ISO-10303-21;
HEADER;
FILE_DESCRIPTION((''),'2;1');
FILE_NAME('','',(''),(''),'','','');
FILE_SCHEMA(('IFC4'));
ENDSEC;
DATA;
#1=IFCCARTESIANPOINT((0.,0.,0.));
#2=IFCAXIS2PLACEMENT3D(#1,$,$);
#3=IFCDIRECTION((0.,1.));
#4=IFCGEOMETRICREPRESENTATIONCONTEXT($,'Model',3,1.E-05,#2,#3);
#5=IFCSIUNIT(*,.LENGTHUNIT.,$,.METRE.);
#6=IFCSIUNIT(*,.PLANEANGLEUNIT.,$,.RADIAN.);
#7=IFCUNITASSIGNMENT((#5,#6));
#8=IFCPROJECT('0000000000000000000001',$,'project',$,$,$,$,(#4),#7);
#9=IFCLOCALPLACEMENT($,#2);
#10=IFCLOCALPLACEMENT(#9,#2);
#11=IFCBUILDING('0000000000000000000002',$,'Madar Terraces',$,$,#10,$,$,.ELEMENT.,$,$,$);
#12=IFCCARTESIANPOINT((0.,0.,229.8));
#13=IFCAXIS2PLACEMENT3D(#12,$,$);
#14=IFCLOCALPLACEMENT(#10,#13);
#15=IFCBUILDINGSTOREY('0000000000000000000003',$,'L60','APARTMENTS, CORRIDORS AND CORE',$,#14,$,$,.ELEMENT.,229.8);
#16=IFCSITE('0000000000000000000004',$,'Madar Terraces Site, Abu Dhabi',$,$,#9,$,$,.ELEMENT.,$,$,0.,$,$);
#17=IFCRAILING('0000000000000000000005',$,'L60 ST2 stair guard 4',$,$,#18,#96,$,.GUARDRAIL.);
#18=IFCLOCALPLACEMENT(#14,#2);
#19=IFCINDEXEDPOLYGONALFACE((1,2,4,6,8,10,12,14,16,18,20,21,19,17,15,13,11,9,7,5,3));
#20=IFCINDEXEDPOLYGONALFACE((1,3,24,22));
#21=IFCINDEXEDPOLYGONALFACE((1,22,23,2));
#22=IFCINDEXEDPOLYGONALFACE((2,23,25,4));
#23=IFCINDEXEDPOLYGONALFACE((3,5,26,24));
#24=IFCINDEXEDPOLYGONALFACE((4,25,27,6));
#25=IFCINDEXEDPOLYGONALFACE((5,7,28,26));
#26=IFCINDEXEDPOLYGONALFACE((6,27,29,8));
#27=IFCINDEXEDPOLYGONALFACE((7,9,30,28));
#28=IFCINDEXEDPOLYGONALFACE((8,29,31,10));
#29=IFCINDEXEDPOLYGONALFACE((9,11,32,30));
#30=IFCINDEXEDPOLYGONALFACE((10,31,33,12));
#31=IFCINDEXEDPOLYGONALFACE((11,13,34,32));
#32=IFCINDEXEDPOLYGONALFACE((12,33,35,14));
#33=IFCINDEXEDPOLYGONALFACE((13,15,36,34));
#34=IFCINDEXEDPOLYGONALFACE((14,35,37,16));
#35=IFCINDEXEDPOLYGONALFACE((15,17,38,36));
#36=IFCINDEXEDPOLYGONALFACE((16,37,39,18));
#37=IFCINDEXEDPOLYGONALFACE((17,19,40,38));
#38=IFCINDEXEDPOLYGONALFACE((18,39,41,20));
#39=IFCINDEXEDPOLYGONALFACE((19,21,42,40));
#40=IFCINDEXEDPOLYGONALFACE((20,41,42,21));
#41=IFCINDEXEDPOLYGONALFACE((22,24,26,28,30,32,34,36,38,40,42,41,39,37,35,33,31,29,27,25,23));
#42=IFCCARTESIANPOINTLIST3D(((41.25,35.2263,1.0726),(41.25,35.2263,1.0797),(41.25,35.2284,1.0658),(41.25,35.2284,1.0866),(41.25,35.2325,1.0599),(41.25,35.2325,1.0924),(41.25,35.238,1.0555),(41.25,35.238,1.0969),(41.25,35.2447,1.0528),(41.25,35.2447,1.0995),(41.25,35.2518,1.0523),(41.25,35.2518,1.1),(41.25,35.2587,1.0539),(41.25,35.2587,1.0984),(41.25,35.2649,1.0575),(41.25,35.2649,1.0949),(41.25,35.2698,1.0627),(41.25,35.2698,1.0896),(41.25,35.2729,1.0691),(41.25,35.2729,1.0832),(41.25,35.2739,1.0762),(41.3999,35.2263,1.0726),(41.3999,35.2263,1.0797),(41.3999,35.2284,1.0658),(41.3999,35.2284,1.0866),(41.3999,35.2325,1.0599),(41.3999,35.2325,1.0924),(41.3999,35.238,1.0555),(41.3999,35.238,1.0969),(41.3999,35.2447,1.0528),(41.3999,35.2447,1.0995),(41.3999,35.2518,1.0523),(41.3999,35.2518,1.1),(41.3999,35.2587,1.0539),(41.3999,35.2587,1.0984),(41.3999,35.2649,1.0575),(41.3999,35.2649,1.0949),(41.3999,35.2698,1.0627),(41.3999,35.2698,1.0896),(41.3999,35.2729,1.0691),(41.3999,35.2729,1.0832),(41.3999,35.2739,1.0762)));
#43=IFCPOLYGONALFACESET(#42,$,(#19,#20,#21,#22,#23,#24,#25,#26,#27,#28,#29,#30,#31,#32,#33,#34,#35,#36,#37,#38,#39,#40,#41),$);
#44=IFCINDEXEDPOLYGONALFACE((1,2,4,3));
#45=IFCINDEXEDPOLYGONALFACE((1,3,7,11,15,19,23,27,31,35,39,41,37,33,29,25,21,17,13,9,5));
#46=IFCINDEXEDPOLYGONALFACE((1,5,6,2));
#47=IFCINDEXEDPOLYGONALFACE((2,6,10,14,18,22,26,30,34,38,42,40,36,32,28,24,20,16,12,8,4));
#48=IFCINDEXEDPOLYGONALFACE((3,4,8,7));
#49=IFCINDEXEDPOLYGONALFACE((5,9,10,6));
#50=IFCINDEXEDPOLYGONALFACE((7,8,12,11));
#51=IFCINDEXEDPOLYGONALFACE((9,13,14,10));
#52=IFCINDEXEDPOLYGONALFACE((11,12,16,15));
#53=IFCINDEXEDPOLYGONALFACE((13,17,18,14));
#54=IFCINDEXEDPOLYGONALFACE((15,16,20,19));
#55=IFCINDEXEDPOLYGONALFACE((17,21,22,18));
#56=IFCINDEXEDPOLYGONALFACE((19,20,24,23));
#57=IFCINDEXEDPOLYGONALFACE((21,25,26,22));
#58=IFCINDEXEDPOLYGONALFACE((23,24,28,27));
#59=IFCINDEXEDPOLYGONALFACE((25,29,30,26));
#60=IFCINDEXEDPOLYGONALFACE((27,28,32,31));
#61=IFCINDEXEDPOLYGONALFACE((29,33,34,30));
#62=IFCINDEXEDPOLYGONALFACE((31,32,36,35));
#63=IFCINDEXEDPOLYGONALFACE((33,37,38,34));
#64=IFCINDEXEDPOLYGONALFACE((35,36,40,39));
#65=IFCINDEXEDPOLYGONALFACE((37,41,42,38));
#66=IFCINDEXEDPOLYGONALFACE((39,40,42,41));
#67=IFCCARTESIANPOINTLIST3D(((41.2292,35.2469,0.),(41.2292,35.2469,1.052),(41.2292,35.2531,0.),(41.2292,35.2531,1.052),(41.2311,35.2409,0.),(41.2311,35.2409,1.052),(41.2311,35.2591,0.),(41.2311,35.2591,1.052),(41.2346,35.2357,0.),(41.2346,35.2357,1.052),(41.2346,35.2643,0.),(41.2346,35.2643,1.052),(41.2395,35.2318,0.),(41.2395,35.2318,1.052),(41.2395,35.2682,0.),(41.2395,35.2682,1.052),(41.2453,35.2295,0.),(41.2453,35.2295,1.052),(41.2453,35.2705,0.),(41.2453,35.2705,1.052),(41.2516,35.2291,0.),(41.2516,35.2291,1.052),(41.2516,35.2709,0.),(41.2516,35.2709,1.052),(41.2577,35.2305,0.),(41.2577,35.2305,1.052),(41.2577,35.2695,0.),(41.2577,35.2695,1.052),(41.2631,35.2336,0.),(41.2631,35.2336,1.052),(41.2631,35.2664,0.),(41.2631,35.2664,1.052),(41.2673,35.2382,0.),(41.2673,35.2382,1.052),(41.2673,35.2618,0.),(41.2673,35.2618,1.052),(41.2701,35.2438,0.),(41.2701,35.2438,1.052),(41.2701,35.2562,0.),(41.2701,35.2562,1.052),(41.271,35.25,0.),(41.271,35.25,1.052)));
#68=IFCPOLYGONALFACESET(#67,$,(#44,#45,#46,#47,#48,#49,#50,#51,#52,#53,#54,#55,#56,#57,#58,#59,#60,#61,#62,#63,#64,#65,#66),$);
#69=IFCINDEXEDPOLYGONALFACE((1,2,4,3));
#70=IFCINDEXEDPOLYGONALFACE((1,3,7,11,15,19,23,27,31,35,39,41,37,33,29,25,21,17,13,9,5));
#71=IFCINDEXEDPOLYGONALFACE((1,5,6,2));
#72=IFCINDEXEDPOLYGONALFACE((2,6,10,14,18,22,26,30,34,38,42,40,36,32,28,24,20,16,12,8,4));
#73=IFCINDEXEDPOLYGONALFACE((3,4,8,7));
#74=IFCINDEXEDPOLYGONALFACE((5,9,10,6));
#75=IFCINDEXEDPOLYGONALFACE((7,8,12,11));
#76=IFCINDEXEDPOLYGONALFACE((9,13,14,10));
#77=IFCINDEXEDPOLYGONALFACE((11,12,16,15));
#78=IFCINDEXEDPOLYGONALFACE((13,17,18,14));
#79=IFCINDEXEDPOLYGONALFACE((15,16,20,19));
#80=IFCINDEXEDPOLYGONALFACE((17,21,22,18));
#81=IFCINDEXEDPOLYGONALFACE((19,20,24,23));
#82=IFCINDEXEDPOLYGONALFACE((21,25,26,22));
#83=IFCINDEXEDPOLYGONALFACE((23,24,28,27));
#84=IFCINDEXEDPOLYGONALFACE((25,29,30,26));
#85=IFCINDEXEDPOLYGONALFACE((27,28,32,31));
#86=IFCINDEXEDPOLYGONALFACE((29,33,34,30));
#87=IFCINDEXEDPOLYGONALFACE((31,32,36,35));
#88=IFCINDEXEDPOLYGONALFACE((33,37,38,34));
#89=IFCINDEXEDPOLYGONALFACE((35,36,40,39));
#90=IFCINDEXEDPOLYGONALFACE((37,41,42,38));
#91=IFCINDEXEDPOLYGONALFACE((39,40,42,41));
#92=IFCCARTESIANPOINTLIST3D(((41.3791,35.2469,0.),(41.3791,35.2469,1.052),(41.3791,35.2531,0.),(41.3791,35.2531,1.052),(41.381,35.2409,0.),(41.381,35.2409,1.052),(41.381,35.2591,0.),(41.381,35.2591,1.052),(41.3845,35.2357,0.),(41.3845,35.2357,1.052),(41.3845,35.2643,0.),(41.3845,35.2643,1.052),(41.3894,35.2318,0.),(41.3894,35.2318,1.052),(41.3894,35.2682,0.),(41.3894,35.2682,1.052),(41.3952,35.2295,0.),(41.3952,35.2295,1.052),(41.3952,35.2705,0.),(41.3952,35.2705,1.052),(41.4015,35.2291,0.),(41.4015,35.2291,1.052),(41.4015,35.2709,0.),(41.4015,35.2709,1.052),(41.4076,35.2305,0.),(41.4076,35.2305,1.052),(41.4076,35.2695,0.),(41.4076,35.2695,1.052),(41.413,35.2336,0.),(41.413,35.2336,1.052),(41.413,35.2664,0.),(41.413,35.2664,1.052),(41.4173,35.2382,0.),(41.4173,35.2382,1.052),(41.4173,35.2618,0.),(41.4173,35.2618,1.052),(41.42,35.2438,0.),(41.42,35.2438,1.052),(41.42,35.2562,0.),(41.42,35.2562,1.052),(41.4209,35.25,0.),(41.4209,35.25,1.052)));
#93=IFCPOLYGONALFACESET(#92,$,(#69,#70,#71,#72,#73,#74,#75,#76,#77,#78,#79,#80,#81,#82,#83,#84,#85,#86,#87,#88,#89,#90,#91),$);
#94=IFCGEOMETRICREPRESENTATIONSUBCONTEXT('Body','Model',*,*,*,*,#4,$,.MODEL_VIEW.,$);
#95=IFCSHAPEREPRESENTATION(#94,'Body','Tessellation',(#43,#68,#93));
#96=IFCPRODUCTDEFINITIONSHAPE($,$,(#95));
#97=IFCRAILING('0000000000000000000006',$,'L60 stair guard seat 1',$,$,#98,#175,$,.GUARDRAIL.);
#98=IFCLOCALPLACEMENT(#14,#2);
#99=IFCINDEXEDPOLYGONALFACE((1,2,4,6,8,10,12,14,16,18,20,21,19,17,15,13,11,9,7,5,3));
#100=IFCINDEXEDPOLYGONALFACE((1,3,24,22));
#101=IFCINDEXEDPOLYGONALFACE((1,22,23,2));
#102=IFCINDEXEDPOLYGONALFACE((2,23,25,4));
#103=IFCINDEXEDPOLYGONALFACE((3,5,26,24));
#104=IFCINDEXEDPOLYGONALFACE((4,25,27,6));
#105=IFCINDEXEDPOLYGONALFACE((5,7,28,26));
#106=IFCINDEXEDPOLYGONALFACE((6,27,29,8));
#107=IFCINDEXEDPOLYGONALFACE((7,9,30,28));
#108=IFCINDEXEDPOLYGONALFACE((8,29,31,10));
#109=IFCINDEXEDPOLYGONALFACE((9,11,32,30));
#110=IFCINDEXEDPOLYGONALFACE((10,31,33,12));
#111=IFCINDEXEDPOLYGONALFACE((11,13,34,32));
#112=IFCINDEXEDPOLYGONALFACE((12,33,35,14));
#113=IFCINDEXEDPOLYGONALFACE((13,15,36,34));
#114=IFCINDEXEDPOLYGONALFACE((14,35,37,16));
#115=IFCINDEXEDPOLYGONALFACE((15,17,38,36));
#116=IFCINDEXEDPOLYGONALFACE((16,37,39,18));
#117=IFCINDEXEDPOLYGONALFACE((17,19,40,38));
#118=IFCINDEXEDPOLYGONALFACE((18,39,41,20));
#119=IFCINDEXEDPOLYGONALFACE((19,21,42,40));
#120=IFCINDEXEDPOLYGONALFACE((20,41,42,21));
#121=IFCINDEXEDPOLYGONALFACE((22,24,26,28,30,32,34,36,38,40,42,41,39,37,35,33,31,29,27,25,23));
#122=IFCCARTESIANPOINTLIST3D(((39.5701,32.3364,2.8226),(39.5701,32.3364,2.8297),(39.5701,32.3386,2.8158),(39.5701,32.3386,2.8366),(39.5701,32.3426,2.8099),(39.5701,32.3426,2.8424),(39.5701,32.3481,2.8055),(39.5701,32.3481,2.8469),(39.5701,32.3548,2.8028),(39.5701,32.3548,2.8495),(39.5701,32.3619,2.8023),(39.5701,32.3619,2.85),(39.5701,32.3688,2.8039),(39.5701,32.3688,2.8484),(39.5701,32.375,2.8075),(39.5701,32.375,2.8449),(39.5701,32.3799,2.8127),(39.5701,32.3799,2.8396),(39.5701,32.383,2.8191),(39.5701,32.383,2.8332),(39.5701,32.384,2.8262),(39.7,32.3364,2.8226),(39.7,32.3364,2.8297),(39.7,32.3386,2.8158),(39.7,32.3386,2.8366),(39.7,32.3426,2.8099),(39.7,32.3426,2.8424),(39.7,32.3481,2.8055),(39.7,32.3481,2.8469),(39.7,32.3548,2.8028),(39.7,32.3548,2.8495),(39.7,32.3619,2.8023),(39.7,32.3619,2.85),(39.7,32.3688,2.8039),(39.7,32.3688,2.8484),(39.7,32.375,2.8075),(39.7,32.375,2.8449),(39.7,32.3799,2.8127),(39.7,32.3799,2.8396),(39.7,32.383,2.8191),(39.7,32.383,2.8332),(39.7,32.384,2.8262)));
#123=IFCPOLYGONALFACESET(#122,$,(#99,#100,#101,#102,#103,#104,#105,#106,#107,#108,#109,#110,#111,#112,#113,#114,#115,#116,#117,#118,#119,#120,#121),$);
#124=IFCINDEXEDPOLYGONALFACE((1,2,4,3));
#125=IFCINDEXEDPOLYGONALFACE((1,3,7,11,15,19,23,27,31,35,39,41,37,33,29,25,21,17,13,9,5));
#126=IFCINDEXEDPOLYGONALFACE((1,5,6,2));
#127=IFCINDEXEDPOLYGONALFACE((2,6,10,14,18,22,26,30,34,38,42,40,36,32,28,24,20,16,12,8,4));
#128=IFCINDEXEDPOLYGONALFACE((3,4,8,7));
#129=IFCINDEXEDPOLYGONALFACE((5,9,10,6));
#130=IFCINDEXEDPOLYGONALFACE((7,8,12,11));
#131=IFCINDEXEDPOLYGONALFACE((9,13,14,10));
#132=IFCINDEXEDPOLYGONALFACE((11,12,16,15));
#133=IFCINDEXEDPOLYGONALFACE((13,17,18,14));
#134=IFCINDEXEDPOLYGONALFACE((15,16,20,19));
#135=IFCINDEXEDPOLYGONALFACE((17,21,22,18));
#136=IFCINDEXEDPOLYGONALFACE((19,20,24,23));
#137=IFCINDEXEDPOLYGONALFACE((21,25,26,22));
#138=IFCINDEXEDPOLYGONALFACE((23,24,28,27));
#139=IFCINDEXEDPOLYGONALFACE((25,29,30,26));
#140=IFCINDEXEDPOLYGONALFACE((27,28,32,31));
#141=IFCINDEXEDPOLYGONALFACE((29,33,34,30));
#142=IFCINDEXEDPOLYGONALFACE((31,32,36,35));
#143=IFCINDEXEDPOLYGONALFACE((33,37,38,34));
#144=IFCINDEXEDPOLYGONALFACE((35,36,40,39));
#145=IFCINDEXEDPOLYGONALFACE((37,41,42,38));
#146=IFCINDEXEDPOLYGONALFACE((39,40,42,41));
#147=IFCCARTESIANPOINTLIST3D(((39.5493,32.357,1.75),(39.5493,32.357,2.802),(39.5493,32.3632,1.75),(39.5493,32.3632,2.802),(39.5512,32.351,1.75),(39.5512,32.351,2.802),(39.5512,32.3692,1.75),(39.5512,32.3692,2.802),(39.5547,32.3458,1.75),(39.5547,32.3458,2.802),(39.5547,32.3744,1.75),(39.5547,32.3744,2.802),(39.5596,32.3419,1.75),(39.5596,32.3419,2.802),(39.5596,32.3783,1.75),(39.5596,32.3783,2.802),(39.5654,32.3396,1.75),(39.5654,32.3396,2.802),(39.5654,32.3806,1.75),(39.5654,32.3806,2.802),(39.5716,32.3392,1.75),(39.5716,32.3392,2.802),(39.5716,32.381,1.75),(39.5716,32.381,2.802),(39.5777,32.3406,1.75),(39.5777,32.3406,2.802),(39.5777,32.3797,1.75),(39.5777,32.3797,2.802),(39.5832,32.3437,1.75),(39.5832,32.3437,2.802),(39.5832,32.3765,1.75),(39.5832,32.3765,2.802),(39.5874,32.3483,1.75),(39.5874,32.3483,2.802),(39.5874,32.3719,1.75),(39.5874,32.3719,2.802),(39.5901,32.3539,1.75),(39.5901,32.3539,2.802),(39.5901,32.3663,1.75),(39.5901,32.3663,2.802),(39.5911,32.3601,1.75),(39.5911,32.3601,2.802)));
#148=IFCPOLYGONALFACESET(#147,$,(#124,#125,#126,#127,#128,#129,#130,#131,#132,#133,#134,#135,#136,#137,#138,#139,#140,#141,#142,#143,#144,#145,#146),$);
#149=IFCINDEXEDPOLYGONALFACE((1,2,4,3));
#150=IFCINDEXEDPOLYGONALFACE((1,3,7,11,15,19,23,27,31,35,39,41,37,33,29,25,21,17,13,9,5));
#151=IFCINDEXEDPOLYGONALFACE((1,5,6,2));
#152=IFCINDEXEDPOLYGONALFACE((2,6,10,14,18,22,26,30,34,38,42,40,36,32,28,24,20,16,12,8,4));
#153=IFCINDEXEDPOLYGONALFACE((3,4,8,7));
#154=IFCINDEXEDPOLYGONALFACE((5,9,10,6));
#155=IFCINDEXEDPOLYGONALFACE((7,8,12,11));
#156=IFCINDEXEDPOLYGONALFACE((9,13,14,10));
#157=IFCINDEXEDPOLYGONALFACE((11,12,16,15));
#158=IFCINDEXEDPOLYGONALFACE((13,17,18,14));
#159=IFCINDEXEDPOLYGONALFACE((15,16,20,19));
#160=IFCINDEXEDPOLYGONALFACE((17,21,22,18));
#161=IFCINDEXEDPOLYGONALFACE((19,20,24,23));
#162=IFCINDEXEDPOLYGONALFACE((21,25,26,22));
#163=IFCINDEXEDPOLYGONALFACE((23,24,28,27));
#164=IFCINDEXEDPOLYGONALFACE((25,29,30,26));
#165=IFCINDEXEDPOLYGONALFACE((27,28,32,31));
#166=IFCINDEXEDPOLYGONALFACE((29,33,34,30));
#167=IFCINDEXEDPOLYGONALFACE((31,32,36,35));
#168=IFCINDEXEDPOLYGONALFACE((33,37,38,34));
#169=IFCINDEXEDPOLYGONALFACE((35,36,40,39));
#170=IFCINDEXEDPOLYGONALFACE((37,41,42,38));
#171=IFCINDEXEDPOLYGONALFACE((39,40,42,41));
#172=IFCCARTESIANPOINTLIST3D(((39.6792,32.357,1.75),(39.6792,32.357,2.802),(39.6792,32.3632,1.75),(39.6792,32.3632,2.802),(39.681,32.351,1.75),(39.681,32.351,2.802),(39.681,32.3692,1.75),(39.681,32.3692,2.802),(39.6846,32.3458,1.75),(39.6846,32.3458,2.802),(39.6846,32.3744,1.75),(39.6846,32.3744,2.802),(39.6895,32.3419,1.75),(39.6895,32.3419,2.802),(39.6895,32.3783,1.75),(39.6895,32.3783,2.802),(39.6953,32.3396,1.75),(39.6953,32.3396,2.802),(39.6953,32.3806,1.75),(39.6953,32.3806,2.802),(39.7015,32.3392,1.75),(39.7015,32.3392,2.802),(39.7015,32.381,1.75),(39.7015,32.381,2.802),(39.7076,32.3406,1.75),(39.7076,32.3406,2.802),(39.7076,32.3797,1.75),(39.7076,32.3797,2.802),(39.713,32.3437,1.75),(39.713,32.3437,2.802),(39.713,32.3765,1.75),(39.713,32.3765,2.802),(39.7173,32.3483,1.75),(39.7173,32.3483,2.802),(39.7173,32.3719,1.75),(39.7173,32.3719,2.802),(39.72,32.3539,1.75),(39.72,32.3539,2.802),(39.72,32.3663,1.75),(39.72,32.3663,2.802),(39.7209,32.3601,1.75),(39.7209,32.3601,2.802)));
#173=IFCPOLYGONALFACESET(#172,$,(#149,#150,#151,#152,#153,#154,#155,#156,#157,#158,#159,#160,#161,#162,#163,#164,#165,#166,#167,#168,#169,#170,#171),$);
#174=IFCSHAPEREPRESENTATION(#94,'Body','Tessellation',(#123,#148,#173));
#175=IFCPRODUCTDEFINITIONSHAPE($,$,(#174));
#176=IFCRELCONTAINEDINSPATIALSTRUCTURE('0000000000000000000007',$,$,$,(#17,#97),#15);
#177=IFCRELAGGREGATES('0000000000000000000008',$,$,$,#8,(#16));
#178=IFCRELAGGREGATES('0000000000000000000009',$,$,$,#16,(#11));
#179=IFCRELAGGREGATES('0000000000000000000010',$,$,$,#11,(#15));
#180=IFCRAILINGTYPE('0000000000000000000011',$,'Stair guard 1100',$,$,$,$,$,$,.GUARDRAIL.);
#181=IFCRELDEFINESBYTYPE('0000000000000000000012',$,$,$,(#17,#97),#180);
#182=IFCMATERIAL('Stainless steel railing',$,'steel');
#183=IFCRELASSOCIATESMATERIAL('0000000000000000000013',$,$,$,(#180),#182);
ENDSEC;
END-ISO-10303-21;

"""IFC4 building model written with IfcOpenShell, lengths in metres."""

from ifc_helpers import new_model, si_unit, direction, frame, origin, origin_2d, place, context, subcontext, project, spatial, circle, extrude, material, type_object, element, save


model = new_model("IFC4")

# Units and contexts
model_context = context("Model", 3, precision=1e-05, world=origin(), true_north=direction((0.0, 1.0)))
body_context = subcontext(model_context, "Body", "Model", "MODEL_VIEW")
ifc_project = project(units=[si_unit("LENGTHUNIT", "METRE"), si_unit("PLANEANGLEUNIT", "RADIAN")], contexts=[model_context])

# Site, building, storey
site_placement = place(None, origin())
site = spatial("IfcSite", under=ifc_project, at=site_placement, Name="Madar Terraces Site, Abu Dhabi", CompositionType="ELEMENT", RefElevation=0.0)
building_placement = place(site_placement, origin())
building = spatial("IfcBuilding", under=site, at=building_placement, Name="Madar Terraces", CompositionType="ELEMENT")
storey_placement = place(building_placement, frame((0.0, 0.0, 229.8)))
storey = spatial("IfcBuildingStorey", under=building, at=storey_placement, Name="L60", Description="APARTMENTS, CORRIDORS AND CORE", CompositionType="ELEMENT", Elevation=229.8)

# Railings
ifc_material_1 = material(Name="Stainless steel railing", Category="steel")
railing_type_1 = type_object("IfcRailingType", Name="Stair guard 1100", PredefinedType="GUARDRAIL", material=ifc_material_1)
railing_1_placement = place(storey_placement, frame((41.25, 35.25, 0.0)))
element("IfcRailing", 1, at=railing_1_placement, inside=storey, type_object=railing_type_1, Name="L60 ST2 stair guard 4", PredefinedType="GUARDRAIL", context=body_context, shape_type="SweptSolid", body=[
    extrude(circle(Radius=0.0239, at=origin_2d()), frame((0.0, 0.0, 1.0762), z_axis=(1.0, 0.0, 0.0), x_axis=(0.0, 1.0, 0.0)), (0.0, 0.0, 1.0), 0.1499),
    extrude(circle(Radius=0.021, at=origin_2d()), origin(), (0.0, 0.0, 1.0), 1.052),
    extrude(circle(Radius=0.021, at=origin_2d()), frame((0.1499, 0.0, 0.0)), (0.0, 0.0, 1.0), 1.052),
])
railing_2_placement = place(storey_placement, frame((39.5701, 32.3601, 1.75)))
element("IfcRailing", 2, at=railing_2_placement, inside=storey, type_object=railing_type_1, Name="L60 stair guard seat 1", PredefinedType="GUARDRAIL", context=body_context, shape_type="SweptSolid", body=[
    extrude(circle(Radius=0.0239, at=origin_2d()), frame((0.0, 0.0, 1.0762), z_axis=(1.0, 0.0, 0.0), x_axis=(0.0, 1.0, 0.0)), (0.0, 0.0, 1.0), 0.1299),
    extrude(circle(Radius=0.021, at=origin_2d()), origin(), (0.0, 0.0, 1.0), 1.052),
    extrude(circle(Radius=0.021, at=origin_2d()), frame((0.1299, 0.0, 0.0)), (0.0, 0.0, 1.0), 1.052),
])

save(model, "model.ifc")
